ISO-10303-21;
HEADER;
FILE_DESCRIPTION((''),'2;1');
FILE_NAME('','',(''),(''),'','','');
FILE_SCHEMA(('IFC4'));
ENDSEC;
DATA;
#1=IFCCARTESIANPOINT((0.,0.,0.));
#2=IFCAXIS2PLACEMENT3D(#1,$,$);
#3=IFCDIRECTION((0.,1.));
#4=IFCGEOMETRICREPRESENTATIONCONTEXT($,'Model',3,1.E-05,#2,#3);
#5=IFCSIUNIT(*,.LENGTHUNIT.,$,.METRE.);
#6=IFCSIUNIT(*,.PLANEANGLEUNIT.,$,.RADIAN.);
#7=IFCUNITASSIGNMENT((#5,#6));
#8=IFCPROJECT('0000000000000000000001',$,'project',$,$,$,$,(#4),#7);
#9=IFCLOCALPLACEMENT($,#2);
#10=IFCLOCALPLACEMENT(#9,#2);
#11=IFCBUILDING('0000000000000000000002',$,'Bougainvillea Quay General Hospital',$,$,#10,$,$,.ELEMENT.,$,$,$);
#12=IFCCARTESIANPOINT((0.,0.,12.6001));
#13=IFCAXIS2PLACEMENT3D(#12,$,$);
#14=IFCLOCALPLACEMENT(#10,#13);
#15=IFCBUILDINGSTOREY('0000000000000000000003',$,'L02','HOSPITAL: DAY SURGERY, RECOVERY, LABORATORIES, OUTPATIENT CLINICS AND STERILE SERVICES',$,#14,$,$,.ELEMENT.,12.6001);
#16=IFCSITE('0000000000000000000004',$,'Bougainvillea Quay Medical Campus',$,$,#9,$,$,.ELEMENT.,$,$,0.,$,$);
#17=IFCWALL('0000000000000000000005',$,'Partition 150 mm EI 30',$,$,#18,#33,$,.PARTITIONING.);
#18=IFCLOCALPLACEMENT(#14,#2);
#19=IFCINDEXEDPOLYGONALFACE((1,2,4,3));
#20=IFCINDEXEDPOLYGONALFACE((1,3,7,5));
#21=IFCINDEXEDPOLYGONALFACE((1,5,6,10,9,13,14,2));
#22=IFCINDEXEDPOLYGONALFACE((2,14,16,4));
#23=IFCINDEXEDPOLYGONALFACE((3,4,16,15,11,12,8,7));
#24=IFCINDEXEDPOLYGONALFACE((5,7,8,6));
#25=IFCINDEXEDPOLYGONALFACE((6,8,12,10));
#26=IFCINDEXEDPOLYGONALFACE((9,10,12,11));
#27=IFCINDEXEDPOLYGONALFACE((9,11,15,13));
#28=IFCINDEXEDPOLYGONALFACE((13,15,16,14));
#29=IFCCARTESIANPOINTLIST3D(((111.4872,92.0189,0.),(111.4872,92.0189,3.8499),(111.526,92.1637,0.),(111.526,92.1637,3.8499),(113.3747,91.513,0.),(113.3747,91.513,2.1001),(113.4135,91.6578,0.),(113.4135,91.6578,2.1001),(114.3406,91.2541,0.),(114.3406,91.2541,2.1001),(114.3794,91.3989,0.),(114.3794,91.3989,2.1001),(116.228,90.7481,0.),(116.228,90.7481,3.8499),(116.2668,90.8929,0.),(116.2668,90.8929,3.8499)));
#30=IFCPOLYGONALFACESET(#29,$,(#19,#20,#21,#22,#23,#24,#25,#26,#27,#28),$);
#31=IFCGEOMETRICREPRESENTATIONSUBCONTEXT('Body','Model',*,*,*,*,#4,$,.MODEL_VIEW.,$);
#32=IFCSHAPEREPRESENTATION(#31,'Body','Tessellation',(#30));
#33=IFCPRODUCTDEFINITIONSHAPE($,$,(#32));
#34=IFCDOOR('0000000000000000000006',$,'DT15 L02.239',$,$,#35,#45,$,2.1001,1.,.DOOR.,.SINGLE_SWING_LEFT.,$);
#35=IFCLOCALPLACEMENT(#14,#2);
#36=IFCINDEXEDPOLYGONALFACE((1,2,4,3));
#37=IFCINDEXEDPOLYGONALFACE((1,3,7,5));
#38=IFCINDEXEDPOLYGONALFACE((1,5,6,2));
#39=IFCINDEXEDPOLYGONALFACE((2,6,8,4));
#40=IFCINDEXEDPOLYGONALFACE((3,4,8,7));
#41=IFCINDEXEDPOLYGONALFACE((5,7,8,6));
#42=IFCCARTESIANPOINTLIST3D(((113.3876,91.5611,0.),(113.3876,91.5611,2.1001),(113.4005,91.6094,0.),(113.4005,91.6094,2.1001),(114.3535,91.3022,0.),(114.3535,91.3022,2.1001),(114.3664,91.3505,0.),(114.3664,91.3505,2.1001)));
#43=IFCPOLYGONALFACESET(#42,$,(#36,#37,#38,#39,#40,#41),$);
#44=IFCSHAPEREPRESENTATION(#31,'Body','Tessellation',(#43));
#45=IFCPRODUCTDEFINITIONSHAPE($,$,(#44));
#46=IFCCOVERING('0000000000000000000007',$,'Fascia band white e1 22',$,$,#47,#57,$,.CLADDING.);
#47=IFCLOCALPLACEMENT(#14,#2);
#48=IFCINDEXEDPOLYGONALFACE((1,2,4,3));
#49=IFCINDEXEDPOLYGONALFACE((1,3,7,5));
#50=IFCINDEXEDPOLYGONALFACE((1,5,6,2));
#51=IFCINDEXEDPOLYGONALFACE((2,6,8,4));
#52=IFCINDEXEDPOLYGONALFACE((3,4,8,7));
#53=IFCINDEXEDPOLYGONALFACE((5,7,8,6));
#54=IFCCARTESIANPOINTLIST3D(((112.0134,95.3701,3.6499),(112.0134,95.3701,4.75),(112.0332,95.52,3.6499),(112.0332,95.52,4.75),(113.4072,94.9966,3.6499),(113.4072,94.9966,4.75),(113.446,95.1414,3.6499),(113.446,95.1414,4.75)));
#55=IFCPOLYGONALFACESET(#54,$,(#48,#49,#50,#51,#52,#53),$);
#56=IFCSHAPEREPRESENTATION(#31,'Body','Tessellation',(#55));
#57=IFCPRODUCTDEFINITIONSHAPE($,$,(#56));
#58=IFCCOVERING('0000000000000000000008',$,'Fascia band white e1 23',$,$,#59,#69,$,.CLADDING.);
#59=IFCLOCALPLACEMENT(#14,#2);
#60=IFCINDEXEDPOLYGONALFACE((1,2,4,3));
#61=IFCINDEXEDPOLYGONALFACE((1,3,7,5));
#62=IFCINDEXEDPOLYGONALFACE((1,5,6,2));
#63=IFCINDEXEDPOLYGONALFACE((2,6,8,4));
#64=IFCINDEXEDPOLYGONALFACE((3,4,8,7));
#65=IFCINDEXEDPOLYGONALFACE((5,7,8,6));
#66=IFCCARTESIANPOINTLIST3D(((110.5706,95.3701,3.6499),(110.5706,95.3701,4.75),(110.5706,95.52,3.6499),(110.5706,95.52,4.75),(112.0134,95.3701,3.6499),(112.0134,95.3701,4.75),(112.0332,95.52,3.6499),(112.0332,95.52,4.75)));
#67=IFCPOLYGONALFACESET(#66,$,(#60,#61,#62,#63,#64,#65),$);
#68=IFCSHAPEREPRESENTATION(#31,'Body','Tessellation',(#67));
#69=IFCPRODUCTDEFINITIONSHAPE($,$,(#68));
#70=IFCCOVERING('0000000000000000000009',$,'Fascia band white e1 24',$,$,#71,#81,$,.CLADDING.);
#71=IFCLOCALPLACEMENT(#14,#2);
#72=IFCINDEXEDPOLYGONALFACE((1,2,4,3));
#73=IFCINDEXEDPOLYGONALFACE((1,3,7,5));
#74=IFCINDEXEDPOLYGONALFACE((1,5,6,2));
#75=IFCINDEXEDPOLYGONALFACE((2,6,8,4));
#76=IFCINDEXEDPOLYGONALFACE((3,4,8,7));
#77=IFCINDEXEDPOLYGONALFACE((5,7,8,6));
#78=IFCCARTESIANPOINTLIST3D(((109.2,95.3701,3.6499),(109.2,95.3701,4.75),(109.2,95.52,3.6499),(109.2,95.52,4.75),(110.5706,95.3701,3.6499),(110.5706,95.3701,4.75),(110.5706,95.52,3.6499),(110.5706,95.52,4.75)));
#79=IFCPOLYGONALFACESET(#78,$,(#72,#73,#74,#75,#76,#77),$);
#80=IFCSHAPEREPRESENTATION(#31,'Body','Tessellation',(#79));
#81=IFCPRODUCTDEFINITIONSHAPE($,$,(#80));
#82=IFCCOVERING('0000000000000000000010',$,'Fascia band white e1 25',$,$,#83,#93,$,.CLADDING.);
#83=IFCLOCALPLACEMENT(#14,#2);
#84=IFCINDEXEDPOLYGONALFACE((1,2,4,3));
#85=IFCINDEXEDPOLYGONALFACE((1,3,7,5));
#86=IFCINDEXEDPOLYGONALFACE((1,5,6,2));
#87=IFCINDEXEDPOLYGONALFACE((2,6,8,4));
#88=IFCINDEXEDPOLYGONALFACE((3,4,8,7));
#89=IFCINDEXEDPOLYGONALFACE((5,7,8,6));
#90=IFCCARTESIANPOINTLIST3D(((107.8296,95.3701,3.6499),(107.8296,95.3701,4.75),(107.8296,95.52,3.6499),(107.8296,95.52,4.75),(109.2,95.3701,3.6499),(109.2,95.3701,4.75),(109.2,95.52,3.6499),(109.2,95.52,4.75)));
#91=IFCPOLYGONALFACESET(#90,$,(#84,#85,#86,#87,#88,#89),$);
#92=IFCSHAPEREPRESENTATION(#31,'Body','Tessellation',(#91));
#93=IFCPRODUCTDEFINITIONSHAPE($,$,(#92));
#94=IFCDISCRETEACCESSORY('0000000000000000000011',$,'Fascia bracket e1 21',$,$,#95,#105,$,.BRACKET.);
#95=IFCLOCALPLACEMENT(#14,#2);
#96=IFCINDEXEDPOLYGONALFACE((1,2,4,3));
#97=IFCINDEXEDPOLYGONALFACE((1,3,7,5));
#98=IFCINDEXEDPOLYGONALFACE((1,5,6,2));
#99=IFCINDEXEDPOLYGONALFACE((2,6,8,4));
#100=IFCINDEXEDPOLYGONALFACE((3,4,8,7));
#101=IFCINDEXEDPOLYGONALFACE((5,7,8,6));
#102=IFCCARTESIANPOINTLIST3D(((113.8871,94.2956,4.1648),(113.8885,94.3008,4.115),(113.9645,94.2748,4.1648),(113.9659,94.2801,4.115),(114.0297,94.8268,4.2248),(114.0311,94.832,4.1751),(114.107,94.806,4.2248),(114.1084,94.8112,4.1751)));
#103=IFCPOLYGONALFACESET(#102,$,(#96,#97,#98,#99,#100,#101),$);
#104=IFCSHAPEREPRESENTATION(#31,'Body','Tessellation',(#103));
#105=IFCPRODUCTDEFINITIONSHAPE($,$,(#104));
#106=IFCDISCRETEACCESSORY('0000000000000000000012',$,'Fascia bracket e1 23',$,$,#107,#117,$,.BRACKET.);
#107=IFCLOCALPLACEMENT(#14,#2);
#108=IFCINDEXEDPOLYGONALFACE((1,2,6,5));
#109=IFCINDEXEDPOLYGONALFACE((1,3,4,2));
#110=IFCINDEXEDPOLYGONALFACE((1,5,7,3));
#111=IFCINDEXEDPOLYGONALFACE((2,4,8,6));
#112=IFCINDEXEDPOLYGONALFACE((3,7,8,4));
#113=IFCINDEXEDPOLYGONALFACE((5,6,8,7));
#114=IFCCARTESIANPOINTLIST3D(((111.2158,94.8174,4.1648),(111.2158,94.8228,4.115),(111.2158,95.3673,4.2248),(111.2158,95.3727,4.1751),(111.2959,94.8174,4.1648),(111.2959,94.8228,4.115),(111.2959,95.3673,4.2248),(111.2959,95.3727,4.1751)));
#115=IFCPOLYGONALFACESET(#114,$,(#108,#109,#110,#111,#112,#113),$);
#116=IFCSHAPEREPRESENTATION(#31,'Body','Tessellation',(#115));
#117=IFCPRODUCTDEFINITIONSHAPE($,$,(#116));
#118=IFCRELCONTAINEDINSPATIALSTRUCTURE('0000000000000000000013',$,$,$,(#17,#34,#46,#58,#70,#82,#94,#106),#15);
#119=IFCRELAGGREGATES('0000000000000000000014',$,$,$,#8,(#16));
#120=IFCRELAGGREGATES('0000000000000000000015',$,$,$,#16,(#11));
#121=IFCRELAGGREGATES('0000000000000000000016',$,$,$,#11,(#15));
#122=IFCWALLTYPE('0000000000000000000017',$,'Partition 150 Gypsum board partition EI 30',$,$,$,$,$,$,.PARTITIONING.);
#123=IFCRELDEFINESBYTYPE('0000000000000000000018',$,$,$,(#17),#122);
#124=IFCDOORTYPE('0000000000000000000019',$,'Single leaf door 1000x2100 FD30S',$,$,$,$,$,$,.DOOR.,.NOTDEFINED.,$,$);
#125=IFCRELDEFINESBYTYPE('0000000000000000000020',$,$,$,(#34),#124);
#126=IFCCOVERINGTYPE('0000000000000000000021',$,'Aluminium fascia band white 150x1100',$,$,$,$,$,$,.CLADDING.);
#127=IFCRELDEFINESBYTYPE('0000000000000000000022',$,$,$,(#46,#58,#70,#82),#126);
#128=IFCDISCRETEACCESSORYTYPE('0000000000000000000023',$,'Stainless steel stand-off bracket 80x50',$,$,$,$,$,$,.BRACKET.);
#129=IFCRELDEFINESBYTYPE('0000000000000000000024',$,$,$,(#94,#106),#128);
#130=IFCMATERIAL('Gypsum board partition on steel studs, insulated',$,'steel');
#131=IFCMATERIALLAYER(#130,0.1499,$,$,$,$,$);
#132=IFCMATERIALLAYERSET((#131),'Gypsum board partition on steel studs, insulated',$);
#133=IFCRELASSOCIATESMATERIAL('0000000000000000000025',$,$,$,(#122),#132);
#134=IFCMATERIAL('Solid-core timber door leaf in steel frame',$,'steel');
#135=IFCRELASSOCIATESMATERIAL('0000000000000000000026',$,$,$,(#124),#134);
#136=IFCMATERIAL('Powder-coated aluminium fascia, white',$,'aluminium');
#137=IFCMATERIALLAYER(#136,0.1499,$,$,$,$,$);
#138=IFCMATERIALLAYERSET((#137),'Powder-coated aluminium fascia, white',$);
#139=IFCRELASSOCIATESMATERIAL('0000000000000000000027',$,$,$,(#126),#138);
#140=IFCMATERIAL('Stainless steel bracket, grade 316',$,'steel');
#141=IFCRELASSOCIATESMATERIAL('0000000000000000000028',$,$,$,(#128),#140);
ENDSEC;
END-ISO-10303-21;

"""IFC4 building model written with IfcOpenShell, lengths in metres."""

from ifc_helpers import new_model, si_unit, direction, frame, frame_2d, origin, origin_2d, place, context, subcontext, project, spatial, polyline, rectangle, outline, extrude, material, layer, layer_set, material_profile, profile_set, type_object, element, fill, save


model = new_model("IFC4")

# Units and contexts
model_context = context("Model", 3, precision=1e-05, world=origin(), true_north=direction((0.0, 1.0)))
body_context = subcontext(model_context, "Body", "Model", "MODEL_VIEW")
ifc_project = project(units=[si_unit("LENGTHUNIT", "METRE"), si_unit("PLANEANGLEUNIT", "RADIAN")], contexts=[model_context])

# Site, building, storey
site_placement = place(None, origin())
site = spatial("IfcSite", under=ifc_project, at=site_placement, Name="Bougainvillea Quay Medical Campus", CompositionType="ELEMENT", RefElevation=0.0)
building_placement = place(site_placement, origin())
building = spatial("IfcBuilding", under=site, at=building_placement, Name="Bougainvillea Quay General Hospital", CompositionType="ELEMENT")
storey_placement = place(building_placement, frame((0.0, 0.0, 12.6001)))
storey = spatial("IfcBuildingStorey", under=building, at=storey_placement, Name="L02", Description="HOSPITAL: DAY SURGERY, RECOVERY, LABORATORIES, OUTPATIENT CLINICS AND STERILE SERVICES", CompositionType="ELEMENT", Elevation=12.6001)

# Wall, opening, door
ifc_material_1 = material(Name="Gypsum board partition on steel studs, insulated", Category="steel")
ifc_layer_1 = layer(ifc_material_1, 0.1499)
ifc_layer_set_1 = layer_set([ifc_layer_1], Name="Gypsum board partition on steel studs, insulated")
wall_type_1 = type_object("IfcWallType", Name="Partition 150 Gypsum board partition EI 30", PredefinedType="PARTITIONING", material=ifc_layer_set_1)
wall_1_placement = place(storey_placement, frame((111.5066, 92.0913, 0.0), z_axis=(0.0, 0.0, 1.0), x_axis=(0.965901, -0.25891, 0.0)))
wall_1 = element("IfcWall", 1, at=wall_1_placement, inside=storey, type_object=wall_type_1, Name="Partition 150 mm EI 30", PredefinedType="PARTITIONING", context=body_context, shape_type="SweptSolid", body=[
    extrude(rectangle(XDim=4.9082, YDim=0.1499, at=frame_2d((2.4541, 0.0))), origin(), (0.0, 0.0, 1.0), 3.8499),
])
opening_placement = place(wall_1_placement, frame((1.9541, 0.0, 0.0)))
opening = element("IfcOpeningElement", 2, at=opening_placement, cuts=wall_1, PredefinedType="OPENING", context=body_context, shape_type="SweptSolid", body=[
    extrude(rectangle(XDim=1.0, YDim=2.1001, at=frame_2d((0.5, 1.05))), frame((0.0, 0.085, 0.0), z_axis=(0.0, -1.0, 0.0), x_axis=(1.0, 0.0, 0.0)), (0.0, 0.0, 1.0), 0.1699),
])
ifc_material_2 = material(Name="Solid-core timber door leaf in steel frame", Category="steel")
door_type = type_object("IfcDoorType", Name="Single leaf door 1000x2100 FD30S", OperationType="NOTDEFINED", PredefinedType="DOOR", material=ifc_material_2)
door_placement = place(opening_placement, origin())
door = element("IfcDoor", 3, at=door_placement, inside=storey, type_object=door_type, Name="DT15 L02.239", OperationType="SINGLE_SWING_LEFT", OverallHeight=2.1001, OverallWidth=1.0, PredefinedType="DOOR", context=body_context, shape_type="SweptSolid", body=[
    extrude(rectangle(XDim=1.0, YDim=2.1001, at=frame_2d((0.5, 1.05))), frame((0.0, 0.0249, 0.0), z_axis=(0.0, -1.0, 0.0), x_axis=(1.0, 0.0, 0.0)), (0.0, 0.0, 1.0), 0.05),
])
fill(opening, door)

# Coverings
ifc_material_3 = material(Name="Powder-coated aluminium fascia, white", Category="aluminium")
ifc_layer_2 = layer(ifc_material_3, 0.1499)
ifc_layer_set_2 = layer_set([ifc_layer_2], Name="Powder-coated aluminium fascia, white")
covering_type = type_object("IfcCoveringType", Name="Aluminium fascia band white 150x1100", PredefinedType="CLADDING", material=ifc_layer_set_2)
covering_1_placement = place(storey_placement, frame((113.4072, 94.9966, 3.6499), z_axis=(0.0, 0.0, 1.0), x_axis=(-0.965914, 0.258863, 0.0)))
element("IfcCovering", 4, at=covering_1_placement, inside=storey, type_object=covering_type, Name="Fascia band white e1 22", PredefinedType="CLADDING", context=body_context, shape_type="SweptSolid", body=[
    extrude(outline(polyline([(0.0, 0.0), (1.443, 0.0), (1.4627, -0.1499), (0.0, -0.1499), (0.0, 0.0)])), origin(), (0.0, 0.0, 1.0), 1.1001),
])
covering_2_placement = place(storey_placement, frame((112.0134, 95.3701, 3.6499), z_axis=(0.0, 0.0, 1.0), x_axis=(-1.0, 0.0, 0.0)))
element("IfcCovering", 5, at=covering_2_placement, inside=storey, type_object=covering_type, Name="Fascia band white e1 23", PredefinedType="CLADDING", context=body_context, shape_type="SweptSolid", body=[
    extrude(outline(polyline([(0.0, 0.0), (1.4429, 0.0), (1.4429, -0.1499), (-0.0198, -0.1499), (0.0, 0.0)])), origin(), (0.0, 0.0, 1.0), 1.1001),
])
covering_3_placement = place(storey_placement, frame((110.5706, 95.3701, 3.6499), z_axis=(0.0, 0.0, 1.0), x_axis=(-1.0, 0.0, 0.0)))
element("IfcCovering", 6, at=covering_3_placement, inside=storey, type_object=covering_type, Name="Fascia band white e1 24", PredefinedType="CLADDING", context=body_context, shape_type="SweptSolid", body=[
    extrude(outline(polyline([(0.0, 0.0), (1.3706, 0.0), (1.3706, -0.1499), (0.0, -0.1499), (0.0, 0.0)])), origin(), (0.0, 0.0, 1.0), 1.1001),
])
covering_4_placement = place(storey_placement, frame((109.2, 95.3701, 3.6499), z_axis=(0.0, 0.0, 1.0), x_axis=(-1.0, 0.0, 0.0)))
element("IfcCovering", 7, at=covering_4_placement, inside=storey, type_object=covering_type, Name="Fascia band white e1 25", PredefinedType="CLADDING", context=body_context, shape_type="SweptSolid", body=[
    extrude(outline(polyline([(0.0, 0.0), (1.3704, 0.0), (1.3704, -0.1499), (0.0, -0.1499), (0.0, 0.0)])), origin(), (0.0, 0.0, 1.0), 1.1001),
])

# Discrete accessories
ifc_material_4 = material(Name="Stainless steel bracket, grade 316", Category="steel")
ifc_material_profile_1 = material_profile(ifc_material_4, rectangle(XDim=0.0801, YDim=0.05, at=origin_2d()))
ifc_profile_set_1 = profile_set([ifc_material_profile_1], Name="Stainless steel bracket, grade 316")
discrete_accessory_type = type_object("IfcDiscreteAccessoryType", Name="Stainless steel stand-off bracket 80x50", PredefinedType="BRACKET", material=ifc_profile_set_1)
for number, where, z_axis, x_axis, name in (
    (8, (113.9265, 94.2878, 4.1399), (0.257678, 0.960115, 0.108542), (-0.965821, 0.259209, 0.0), "Fascia bracket e1 21"),
    (9, (111.2559, 94.8201, 4.1399), (0.0, 0.994092, 0.108543), (-1.0, 0.0, 0.0), "Fascia bracket e1 23"),
):
    element("IfcDiscreteAccessory", number, at=place(storey_placement, frame(where, z_axis=z_axis, x_axis=x_axis)), inside=storey, type_object=discrete_accessory_type, Name=name, PredefinedType="BRACKET", context=body_context, shape_type="SweptSolid", body=[
        extrude(rectangle(XDim=0.0801, YDim=0.05, at=origin_2d()), origin(), (0.0, 0.0, 1.0), 0.5532),
    ])

save(model, "model.ifc")
